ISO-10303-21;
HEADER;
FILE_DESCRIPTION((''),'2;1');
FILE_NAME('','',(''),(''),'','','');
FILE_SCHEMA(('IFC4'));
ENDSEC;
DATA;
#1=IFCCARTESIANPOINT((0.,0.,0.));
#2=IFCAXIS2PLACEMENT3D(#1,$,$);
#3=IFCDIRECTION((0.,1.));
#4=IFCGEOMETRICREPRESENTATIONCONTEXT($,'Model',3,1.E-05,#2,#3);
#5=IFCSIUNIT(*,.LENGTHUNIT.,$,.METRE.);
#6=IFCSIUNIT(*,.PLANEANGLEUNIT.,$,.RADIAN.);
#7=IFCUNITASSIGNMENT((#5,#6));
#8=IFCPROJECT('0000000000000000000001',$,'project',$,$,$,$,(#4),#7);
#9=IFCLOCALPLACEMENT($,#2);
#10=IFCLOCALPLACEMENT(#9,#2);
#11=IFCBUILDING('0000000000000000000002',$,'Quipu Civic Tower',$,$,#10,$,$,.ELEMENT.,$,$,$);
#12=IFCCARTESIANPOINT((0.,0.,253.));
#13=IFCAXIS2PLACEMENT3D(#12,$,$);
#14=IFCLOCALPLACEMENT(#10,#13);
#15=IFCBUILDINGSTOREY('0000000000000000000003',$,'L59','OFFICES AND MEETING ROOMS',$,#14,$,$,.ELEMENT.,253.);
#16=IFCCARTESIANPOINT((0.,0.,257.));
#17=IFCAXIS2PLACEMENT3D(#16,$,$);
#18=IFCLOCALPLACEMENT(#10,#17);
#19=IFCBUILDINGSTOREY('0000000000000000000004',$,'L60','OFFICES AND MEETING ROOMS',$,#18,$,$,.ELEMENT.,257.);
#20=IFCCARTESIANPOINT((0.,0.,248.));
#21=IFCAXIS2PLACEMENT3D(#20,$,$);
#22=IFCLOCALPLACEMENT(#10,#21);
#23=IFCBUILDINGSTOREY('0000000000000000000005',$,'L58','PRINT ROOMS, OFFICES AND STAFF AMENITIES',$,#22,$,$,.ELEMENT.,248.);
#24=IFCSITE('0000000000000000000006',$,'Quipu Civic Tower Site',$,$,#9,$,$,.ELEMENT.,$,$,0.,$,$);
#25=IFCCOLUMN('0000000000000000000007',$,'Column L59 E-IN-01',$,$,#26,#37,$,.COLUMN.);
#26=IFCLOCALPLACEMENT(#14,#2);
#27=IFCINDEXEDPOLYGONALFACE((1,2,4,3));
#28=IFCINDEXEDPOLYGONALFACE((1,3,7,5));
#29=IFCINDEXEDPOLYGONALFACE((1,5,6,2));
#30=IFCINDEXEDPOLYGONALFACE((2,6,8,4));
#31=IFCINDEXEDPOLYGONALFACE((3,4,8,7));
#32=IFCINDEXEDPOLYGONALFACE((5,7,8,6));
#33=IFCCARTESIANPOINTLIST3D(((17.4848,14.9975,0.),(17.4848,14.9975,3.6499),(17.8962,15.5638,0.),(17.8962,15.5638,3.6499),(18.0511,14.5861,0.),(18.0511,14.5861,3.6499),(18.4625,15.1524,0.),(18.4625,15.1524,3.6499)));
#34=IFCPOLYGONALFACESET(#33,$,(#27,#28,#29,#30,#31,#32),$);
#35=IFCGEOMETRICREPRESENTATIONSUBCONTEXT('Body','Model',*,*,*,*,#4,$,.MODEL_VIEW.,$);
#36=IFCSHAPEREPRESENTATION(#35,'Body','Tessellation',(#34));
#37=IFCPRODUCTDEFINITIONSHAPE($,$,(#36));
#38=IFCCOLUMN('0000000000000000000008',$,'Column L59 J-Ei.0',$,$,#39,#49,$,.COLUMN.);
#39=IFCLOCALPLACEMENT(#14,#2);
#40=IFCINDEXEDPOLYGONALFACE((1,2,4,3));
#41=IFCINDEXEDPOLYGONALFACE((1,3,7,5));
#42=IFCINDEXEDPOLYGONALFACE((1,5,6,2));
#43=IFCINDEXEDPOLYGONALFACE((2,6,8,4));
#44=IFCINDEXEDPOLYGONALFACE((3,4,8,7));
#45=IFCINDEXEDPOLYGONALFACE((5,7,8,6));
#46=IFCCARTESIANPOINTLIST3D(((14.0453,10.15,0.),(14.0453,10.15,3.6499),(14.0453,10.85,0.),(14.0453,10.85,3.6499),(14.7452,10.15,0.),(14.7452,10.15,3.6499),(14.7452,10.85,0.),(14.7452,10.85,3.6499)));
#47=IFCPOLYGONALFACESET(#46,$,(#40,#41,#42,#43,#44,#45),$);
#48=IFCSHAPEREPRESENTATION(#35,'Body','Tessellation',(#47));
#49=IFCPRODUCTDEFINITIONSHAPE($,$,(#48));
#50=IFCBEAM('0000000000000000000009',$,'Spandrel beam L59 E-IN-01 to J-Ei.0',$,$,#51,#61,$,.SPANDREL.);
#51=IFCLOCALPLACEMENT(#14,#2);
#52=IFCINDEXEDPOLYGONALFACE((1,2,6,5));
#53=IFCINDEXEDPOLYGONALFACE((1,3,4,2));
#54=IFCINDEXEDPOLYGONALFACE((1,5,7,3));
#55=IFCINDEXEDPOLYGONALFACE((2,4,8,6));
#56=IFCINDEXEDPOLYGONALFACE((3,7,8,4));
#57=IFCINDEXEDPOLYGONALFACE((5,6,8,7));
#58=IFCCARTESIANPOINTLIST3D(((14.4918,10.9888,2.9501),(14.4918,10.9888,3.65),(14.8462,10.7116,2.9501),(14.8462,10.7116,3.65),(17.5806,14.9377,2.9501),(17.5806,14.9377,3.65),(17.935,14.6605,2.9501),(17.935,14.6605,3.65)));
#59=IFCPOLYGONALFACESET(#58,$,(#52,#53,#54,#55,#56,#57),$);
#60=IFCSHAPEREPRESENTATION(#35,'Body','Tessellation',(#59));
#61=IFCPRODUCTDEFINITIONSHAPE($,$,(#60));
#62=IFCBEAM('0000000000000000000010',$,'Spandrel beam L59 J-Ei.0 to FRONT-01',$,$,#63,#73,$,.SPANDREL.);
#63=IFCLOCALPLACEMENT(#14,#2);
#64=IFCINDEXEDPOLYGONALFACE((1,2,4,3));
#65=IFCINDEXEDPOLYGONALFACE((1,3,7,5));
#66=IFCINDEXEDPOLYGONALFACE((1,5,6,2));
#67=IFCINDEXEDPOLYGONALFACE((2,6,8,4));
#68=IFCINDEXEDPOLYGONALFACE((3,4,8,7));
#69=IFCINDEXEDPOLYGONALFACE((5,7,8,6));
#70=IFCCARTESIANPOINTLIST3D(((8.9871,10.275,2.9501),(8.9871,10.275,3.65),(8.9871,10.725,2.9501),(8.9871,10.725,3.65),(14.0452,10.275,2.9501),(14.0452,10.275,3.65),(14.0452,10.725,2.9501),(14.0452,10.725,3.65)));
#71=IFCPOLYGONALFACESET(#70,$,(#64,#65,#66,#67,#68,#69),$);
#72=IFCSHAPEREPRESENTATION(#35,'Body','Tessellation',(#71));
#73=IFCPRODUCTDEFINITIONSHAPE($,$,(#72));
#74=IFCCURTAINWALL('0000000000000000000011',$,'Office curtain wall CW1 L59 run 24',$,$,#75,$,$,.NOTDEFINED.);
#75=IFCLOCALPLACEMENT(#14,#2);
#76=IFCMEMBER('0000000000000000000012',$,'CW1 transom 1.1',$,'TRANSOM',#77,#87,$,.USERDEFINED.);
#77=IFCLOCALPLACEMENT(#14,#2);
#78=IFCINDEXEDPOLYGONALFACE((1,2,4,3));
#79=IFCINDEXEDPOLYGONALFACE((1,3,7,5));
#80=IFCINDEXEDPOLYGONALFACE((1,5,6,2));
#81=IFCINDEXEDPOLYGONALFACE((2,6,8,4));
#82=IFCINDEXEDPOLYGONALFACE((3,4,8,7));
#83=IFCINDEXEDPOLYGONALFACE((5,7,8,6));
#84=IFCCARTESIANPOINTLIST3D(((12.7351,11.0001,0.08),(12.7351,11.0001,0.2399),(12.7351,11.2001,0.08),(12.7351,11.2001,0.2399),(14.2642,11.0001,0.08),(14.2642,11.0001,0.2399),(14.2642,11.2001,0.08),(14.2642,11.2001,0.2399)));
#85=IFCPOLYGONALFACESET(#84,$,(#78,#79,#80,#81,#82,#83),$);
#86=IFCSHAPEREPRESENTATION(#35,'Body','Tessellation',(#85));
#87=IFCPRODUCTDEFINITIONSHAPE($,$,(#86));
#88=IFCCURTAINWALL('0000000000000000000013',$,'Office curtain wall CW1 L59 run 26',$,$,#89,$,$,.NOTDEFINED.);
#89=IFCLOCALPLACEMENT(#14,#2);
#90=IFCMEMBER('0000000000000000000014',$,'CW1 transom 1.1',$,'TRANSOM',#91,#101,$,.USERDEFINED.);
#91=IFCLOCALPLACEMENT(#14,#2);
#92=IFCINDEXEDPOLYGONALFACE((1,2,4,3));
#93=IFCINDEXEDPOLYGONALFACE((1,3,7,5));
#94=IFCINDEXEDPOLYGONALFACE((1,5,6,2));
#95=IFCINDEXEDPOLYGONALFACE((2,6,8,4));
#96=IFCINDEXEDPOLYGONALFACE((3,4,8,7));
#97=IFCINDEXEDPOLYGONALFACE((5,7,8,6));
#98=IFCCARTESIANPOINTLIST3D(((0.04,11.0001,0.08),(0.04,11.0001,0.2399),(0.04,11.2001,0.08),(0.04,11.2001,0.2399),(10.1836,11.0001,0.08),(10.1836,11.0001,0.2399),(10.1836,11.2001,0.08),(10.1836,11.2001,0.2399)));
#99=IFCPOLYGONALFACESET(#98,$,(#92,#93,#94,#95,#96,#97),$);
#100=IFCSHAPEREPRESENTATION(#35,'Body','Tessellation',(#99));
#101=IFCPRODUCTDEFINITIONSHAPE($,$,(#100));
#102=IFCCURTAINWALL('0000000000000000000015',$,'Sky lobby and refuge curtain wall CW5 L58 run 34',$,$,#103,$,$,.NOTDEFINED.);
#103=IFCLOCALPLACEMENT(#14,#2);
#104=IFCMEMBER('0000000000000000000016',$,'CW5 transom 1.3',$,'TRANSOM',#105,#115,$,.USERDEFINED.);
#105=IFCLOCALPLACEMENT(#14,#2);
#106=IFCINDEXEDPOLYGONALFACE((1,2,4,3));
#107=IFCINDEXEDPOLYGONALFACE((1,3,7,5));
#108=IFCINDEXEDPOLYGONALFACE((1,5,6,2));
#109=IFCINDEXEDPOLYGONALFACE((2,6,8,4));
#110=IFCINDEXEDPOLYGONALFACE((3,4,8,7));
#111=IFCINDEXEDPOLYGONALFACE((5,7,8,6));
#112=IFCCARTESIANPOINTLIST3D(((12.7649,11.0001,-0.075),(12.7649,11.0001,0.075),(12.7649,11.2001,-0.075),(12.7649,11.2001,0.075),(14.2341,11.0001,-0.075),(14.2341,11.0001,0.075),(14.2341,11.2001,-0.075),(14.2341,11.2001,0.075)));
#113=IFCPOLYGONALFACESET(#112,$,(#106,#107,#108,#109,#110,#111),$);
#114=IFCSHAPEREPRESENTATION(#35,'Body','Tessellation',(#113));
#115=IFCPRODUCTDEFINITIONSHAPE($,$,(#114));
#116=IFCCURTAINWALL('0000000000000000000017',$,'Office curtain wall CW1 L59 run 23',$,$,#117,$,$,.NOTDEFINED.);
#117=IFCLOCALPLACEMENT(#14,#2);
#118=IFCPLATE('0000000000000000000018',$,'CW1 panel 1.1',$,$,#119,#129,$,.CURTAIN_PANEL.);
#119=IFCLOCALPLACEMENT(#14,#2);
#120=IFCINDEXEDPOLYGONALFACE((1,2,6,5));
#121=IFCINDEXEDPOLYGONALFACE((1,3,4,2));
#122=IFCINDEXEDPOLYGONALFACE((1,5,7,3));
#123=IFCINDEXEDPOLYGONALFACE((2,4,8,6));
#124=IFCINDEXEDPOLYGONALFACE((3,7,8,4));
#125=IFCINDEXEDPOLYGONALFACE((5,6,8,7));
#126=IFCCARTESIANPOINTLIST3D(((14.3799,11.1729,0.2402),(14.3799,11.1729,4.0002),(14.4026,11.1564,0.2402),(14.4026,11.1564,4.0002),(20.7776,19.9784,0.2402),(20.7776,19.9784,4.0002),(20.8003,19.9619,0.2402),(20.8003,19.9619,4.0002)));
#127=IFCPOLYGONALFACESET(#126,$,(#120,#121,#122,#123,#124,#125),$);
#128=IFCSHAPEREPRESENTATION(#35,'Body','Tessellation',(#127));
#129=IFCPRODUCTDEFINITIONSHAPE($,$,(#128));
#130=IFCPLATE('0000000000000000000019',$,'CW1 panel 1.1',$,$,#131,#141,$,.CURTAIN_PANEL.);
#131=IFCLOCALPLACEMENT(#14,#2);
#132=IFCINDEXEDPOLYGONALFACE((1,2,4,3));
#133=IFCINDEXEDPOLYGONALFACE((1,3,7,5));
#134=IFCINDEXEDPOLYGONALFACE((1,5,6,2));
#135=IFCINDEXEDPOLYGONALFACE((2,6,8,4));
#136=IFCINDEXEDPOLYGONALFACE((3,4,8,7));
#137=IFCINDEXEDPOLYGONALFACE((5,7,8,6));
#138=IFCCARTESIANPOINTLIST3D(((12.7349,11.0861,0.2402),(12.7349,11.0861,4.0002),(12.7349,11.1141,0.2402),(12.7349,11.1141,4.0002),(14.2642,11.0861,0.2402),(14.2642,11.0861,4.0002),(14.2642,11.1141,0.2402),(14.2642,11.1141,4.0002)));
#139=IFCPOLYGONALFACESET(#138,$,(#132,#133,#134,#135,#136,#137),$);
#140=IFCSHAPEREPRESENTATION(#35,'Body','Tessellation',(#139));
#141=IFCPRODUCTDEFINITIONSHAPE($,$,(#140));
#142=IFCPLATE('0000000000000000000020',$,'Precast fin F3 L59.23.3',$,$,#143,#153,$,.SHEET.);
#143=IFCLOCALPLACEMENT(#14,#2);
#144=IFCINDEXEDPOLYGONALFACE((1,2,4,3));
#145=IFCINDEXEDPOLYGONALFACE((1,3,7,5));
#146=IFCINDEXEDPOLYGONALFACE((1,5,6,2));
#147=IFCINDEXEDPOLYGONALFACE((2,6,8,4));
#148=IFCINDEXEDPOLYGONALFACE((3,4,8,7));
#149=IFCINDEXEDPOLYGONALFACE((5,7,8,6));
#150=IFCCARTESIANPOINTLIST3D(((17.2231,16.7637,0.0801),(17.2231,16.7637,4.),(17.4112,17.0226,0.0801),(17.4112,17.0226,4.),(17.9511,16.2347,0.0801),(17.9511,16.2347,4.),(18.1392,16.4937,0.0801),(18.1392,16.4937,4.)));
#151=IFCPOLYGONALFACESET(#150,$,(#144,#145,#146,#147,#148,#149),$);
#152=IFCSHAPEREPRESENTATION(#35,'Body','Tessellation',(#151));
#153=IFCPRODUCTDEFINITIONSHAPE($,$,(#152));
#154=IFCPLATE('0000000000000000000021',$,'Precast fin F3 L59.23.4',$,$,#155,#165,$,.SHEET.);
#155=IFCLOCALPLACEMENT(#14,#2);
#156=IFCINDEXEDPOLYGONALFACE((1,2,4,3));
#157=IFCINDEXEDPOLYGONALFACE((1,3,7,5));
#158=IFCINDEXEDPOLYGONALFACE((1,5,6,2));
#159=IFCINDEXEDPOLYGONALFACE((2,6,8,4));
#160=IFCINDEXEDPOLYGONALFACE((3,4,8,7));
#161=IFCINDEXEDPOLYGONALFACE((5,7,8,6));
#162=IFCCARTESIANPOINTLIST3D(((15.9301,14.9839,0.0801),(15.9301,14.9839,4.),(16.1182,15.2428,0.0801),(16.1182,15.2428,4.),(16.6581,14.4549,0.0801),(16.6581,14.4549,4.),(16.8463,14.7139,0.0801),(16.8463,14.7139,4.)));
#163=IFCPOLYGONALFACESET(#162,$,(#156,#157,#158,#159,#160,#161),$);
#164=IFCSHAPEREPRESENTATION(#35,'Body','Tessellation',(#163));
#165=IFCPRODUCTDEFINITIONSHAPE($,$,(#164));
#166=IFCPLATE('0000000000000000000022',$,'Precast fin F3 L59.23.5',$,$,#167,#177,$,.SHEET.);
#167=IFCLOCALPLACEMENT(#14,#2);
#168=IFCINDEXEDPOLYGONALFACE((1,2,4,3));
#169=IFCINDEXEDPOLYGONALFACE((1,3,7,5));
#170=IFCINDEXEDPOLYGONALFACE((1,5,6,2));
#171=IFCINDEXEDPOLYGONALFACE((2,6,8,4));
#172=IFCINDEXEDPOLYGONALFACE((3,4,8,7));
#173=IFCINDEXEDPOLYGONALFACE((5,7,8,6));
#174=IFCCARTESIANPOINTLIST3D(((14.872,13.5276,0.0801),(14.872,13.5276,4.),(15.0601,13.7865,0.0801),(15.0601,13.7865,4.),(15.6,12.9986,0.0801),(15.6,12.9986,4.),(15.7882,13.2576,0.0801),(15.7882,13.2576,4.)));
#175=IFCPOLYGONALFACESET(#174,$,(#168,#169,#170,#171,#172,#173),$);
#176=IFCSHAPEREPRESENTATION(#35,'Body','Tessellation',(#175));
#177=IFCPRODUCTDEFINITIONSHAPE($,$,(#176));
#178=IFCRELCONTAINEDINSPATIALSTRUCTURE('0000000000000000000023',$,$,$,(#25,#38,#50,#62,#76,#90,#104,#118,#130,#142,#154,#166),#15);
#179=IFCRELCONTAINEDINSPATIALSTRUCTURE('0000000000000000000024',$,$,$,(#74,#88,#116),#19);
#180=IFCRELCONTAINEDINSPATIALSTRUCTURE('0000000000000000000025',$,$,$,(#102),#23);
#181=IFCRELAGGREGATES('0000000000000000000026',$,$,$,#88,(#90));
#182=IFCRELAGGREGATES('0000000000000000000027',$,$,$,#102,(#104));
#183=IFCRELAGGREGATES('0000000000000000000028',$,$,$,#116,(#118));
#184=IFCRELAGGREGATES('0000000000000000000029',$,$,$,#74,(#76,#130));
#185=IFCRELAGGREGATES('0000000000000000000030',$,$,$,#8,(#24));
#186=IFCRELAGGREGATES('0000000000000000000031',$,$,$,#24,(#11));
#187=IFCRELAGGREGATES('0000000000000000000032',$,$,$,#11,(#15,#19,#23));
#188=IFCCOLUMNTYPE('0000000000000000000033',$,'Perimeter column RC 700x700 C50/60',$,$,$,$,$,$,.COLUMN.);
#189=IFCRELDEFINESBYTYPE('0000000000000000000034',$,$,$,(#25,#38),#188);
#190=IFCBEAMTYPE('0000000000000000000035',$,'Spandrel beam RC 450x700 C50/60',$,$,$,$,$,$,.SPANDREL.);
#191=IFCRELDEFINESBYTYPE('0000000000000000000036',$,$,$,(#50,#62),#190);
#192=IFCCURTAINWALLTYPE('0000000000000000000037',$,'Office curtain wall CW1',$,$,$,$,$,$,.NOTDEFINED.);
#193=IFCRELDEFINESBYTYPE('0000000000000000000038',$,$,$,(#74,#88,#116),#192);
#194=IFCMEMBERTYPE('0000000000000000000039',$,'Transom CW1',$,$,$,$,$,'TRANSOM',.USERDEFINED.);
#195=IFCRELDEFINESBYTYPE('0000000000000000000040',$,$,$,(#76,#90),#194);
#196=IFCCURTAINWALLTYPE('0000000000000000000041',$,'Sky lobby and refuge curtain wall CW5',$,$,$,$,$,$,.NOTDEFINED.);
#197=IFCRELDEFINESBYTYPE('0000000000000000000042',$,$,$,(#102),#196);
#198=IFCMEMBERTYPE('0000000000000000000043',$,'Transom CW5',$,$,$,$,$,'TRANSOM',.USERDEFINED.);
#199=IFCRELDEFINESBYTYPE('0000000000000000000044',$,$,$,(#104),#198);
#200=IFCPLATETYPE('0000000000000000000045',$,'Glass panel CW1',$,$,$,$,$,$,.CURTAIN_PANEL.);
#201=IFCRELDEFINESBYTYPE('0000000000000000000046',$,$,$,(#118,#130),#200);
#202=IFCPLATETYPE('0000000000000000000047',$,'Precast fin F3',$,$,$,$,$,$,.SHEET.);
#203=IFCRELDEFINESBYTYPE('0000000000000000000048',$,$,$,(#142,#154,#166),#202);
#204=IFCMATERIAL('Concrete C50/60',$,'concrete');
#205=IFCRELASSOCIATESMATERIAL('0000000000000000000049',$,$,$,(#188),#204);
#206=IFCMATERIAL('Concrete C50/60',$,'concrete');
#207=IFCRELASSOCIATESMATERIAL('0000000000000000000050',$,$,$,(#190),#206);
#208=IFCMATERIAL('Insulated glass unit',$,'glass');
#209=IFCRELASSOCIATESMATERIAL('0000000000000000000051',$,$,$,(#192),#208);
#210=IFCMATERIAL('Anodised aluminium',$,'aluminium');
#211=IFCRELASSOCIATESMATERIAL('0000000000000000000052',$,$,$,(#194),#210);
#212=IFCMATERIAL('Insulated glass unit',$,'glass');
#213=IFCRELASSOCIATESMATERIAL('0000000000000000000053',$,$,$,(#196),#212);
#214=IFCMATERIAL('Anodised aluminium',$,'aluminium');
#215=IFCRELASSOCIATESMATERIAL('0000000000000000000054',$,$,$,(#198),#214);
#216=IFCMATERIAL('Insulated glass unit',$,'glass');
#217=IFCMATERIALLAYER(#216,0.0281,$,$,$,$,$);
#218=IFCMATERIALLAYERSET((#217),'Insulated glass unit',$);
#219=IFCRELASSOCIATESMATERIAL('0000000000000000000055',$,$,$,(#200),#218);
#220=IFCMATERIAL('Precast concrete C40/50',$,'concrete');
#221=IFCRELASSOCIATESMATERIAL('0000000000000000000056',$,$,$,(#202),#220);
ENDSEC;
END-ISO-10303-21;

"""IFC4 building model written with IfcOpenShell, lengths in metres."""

from ifc_helpers import new_model, si_unit, direction, frame, origin, origin_2d, place, context, subcontext, project, spatial, rectangle, extrude, material, layer, layer_set, material_profile, profile_set, type_object, element, aggregate, save


model = new_model("IFC4")

# Units and contexts
model_context = context("Model", 3, precision=1e-05, world=origin(), true_north=direction((0.0, 1.0)))
body_context = subcontext(model_context, "Body", "Model", "MODEL_VIEW")
ifc_project = project(units=[si_unit("LENGTHUNIT", "METRE"), si_unit("PLANEANGLEUNIT", "RADIAN")], contexts=[model_context])

# Site, building, storey
site_placement = place(None, origin())
site = spatial("IfcSite", under=ifc_project, at=site_placement, Name="Quipu Civic Tower Site", CompositionType="ELEMENT", RefElevation=0.0)
building_placement = place(site_placement, origin())
building = spatial("IfcBuilding", under=site, at=building_placement, Name="Quipu Civic Tower", CompositionType="ELEMENT")
storey_1_placement = place(building_placement, frame((0.0, 0.0, 253.0)))
storey_1 = spatial("IfcBuildingStorey", under=building, at=storey_1_placement, Name="L59", Description="OFFICES AND MEETING ROOMS", CompositionType="ELEMENT", Elevation=253.0)

# Columns
ifc_material_1 = material(Name="Concrete C50/60", Category="concrete")
ifc_material_profile_1 = material_profile(ifc_material_1, rectangle(XDim=0.7, YDim=0.7, at=origin_2d()), Name="RC700x700")
ifc_profile_set_1 = profile_set([ifc_material_profile_1], Name="Concrete C50/60")
column_type = type_object("IfcColumnType", Name="Perimeter column RC 700x700 C50/60", PredefinedType="COLUMN", material=ifc_profile_set_1)
for number, where, z_axis, x_axis, name in (
    (1, (17.9736, 15.075, 0.0), (0.0, 0.0, 1.0), (-0.587785, -0.809017, 0.0), "Column L59 E-IN-01"),
    (2, (14.3953, 10.5, 0.0), (0.0, 0.0, 1.0), (-1.0, 0.0, 0.0), "Column L59 J-Ei.0"),
):
    element("IfcColumn", number, at=place(storey_1_placement, frame(where, z_axis=z_axis, x_axis=x_axis)), inside=storey_1, type_object=column_type, Name=name, PredefinedType="COLUMN", context=body_context, shape_type="SweptSolid", body=[
        extrude(rectangle(XDim=0.7, YDim=0.7, at=origin_2d()), origin(), (0.0, 0.0, 1.0), 3.6499),
    ])

# Beams
ifc_material_2 = material(Name="Concrete C50/60", Category="concrete")
ifc_material_profile_2 = material_profile(ifc_material_2, rectangle(XDim=0.45, YDim=0.7, at=origin_2d()), Name="RC450x700")
ifc_profile_set_2 = profile_set([ifc_material_profile_2], Name="Concrete C50/60")
beam_type = type_object("IfcBeamType", Name="Spandrel beam RC 450x700 C50/60", PredefinedType="SPANDREL", material=ifc_profile_set_2)
beam_1_placement = place(storey_1_placement, frame((17.7578, 14.7991, 3.3), z_axis=(-0.616106, -0.787663, 0.0), x_axis=(0.787663, -0.616106, 0.0)))
element("IfcBeam", 3, at=beam_1_placement, inside=storey_1, type_object=beam_type, Name="Spandrel beam L59 E-IN-01 to J-Ei.0", PredefinedType="SPANDREL", context=body_context, shape_type="SweptSolid", body=[
    extrude(rectangle(XDim=0.45, YDim=0.7, at=origin_2d()), origin(), (0.0, 0.0, 1.0), 5.0134),
])
beam_2_placement = place(storey_1_placement, frame((14.0452, 10.5, 3.3), z_axis=(-1.0, 0.0, 0.0), x_axis=(0.0, -1.0, 0.0)))
element("IfcBeam", 4, at=beam_2_placement, inside=storey_1, type_object=beam_type, Name="Spandrel beam L59 J-Ei.0 to FRONT-01", PredefinedType="SPANDREL", context=body_context, shape_type="SweptSolid", body=[
    extrude(rectangle(XDim=0.45, YDim=0.7, at=origin_2d()), origin(), (0.0, 0.0, 1.0), 5.0581),
])

# Shared definitions
storey_2_placement = place(building_placement, frame((0.0, 0.0, 257.0)))
storey_2 = spatial("IfcBuildingStorey", under=building, at=storey_2_placement, Name="L60", Description="OFFICES AND MEETING ROOMS", CompositionType="ELEMENT", Elevation=257.0)

# Curtain walls, members
ifc_material_3 = material(Name="Insulated glass unit", Category="glass")
curtain_wall_type_1 = type_object("IfcCurtainWallType", Name="Office curtain wall CW1", PredefinedType="NOTDEFINED", material=ifc_material_3)
curtain_wall_1_placement = place(storey_2_placement, origin())
curtain_wall_1 = element("IfcCurtainWall", 5, at=curtain_wall_1_placement, inside=storey_2, type_object=curtain_wall_type_1, Name="Office curtain wall CW1 L59 run 24", PredefinedType="NOTDEFINED")
ifc_material_4 = material(Name="Anodised aluminium", Category="aluminium")
ifc_material_profile_3 = material_profile(ifc_material_4, rectangle(XDim=0.2, YDim=0.1599, at=origin_2d()), Name="RECT 200x160")
ifc_profile_set_3 = profile_set([ifc_material_profile_3], Name="Anodised aluminium")
member_type_1 = type_object("IfcMemberType", Name="Transom CW1", ElementType="TRANSOM", PredefinedType="USERDEFINED", material=ifc_profile_set_3)
member_1_placement = place(storey_1_placement, frame((14.2642, 11.1001, 0.1599), z_axis=(-1.0, 0.0, 0.0), x_axis=(0.0, -1.0, 0.0)))
member_1 = element("IfcMember", 6, at=member_1_placement, inside=storey_1, type_object=member_type_1, Name="CW1 transom 1.1", ObjectType="TRANSOM", PredefinedType="USERDEFINED", context=body_context, shape_type="SweptSolid", body=[
    extrude(rectangle(XDim=0.2, YDim=0.1599, at=origin_2d()), origin(), (0.0, 0.0, 1.0), 1.5291),
])
curtain_wall_2_placement = place(storey_2_placement, origin())
curtain_wall_2 = element("IfcCurtainWall", 7, at=curtain_wall_2_placement, inside=storey_2, type_object=curtain_wall_type_1, Name="Office curtain wall CW1 L59 run 26", PredefinedType="NOTDEFINED")
member_2_placement = place(storey_1_placement, frame((10.1836, 11.1001, 0.1599), z_axis=(-1.0, 0.0, 0.0), x_axis=(0.0, -1.0, 0.0)))
member_2 = element("IfcMember", 8, at=member_2_placement, inside=storey_1, type_object=member_type_1, Name="CW1 transom 1.1", ObjectType="TRANSOM", PredefinedType="USERDEFINED", context=body_context, shape_type="SweptSolid", body=[
    extrude(rectangle(XDim=0.2, YDim=0.1599, at=origin_2d()), origin(), (0.0, 0.0, 1.0), 10.1436),
])
aggregate(curtain_wall_2, [member_2])

# Shared definitions
storey_3_placement = place(building_placement, frame((0.0, 0.0, 248.0)))
storey_3 = spatial("IfcBuildingStorey", under=building, at=storey_3_placement, Name="L58", Description="PRINT ROOMS, OFFICES AND STAFF AMENITIES", CompositionType="ELEMENT", Elevation=248.0)

# Curtain wall, member
ifc_material_5 = material(Name="Insulated glass unit", Category="glass")
curtain_wall_type_2 = type_object("IfcCurtainWallType", Name="Sky lobby and refuge curtain wall CW5", PredefinedType="NOTDEFINED", material=ifc_material_5)
curtain_wall_3_placement = place(storey_3_placement, origin())
curtain_wall_3 = element("IfcCurtainWall", 9, at=curtain_wall_3_placement, inside=storey_3, type_object=curtain_wall_type_2, Name="Sky lobby and refuge curtain wall CW5 L58 run 34", PredefinedType="NOTDEFINED")
ifc_material_6 = material(Name="Anodised aluminium", Category="aluminium")
ifc_material_profile_4 = material_profile(ifc_material_6, rectangle(XDim=0.2, YDim=0.1499, at=origin_2d()), Name="RECT 200x150")
ifc_profile_set_4 = profile_set([ifc_material_profile_4], Name="Anodised aluminium")
member_type_2 = type_object("IfcMemberType", Name="Transom CW5", ElementType="TRANSOM", PredefinedType="USERDEFINED", material=ifc_profile_set_4)
member_3_placement = place(storey_1_placement, frame((14.2341, 11.1001, 0.0), z_axis=(-1.0, 0.0, 0.0), x_axis=(0.0, -1.0, 0.0)))
member_3 = element("IfcMember", 10, at=member_3_placement, inside=storey_1, type_object=member_type_2, Name="CW5 transom 1.3", ObjectType="TRANSOM", PredefinedType="USERDEFINED", context=body_context, shape_type="SweptSolid", body=[
    extrude(rectangle(XDim=0.2, YDim=0.1499, at=origin_2d()), origin(), (0.0, 0.0, 1.0), 1.4692),
])
aggregate(curtain_wall_3, [member_3])

# Curtain wall, plate
curtain_wall_4_placement = place(storey_2_placement, origin())
curtain_wall_4 = element("IfcCurtainWall", 11, at=curtain_wall_4_placement, inside=storey_2, type_object=curtain_wall_type_1, Name="Office curtain wall CW1 L59 run 23", PredefinedType="NOTDEFINED")
ifc_material_7 = material(Name="Insulated glass unit", Category="glass")
ifc_layer_1 = layer(ifc_material_7, 0.0281)
ifc_layer_set_1 = layer_set([ifc_layer_1], Name="Insulated glass unit")
plate_type_1 = type_object("IfcPlateType", Name="Glass panel CW1", PredefinedType="CURTAIN_PANEL", material=ifc_layer_set_1)
plate_1_placement = place(storey_1_placement, frame((17.5901, 15.5674, 0.2402), z_axis=(0.0, 0.0, 1.0), x_axis=(-0.587788, -0.809015, 0.0)))
plate_1 = element("IfcPlate", 12, at=plate_1_placement, inside=storey_1, type_object=plate_type_1, Name="CW1 panel 1.1", PredefinedType="CURTAIN_PANEL", context=body_context, shape_type="SweptSolid", body=[
    extrude(rectangle(XDim=10.8843, YDim=0.0281, at=origin_2d()), origin(), (0.0, 0.0, 1.0), 3.76),
])
aggregate(curtain_wall_4, [plate_1])

# Plate
plate_2_placement = place(storey_1_placement, frame((13.4995, 11.1001, 0.2402), z_axis=(0.0, 0.0, 1.0), x_axis=(-1.0, 0.0, 0.0)))
plate_2 = element("IfcPlate", 13, at=plate_2_placement, inside=storey_1, type_object=plate_type_1, Name="CW1 panel 1.1", PredefinedType="CURTAIN_PANEL", context=body_context, shape_type="SweptSolid", body=[
    extrude(rectangle(XDim=1.5293, YDim=0.0281, at=origin_2d()), origin(), (0.0, 0.0, 1.0), 3.76),
])
aggregate(curtain_wall_1, [member_1, plate_2])

# Plates
ifc_material_8 = material(Name="Precast concrete C40/50", Category="concrete")
plate_type_2 = type_object("IfcPlateType", Name="Precast fin F3", PredefinedType="SHEET", material=ifc_material_8)
for number, where, z_axis, x_axis, name in (
    (14, (17.6812, 16.6287, 0.0801), (0.0, 0.0, 1.0), (-0.587784, -0.809018, 0.0), "Precast fin F3 L59.23.3"),
    (15, (16.3882, 14.8489, 0.0801), (0.0, 0.0, 1.0), (-0.587784, -0.809018, 0.0), "Precast fin F3 L59.23.4"),
    (16, (15.3301, 13.3926, 0.0801), (0.0, 0.0, 1.0), (-0.587784, -0.809018, 0.0), "Precast fin F3 L59.23.5"),
):
    element("IfcPlate", number, at=place(storey_1_placement, frame(where, z_axis=z_axis, x_axis=x_axis)), inside=storey_1, type_object=plate_type_2, Name=name, PredefinedType="SHEET", context=body_context, shape_type="SweptSolid", body=[
        extrude(rectangle(XDim=0.3201, YDim=0.8999, at=origin_2d()), origin(), (0.0, 0.0, 1.0), 3.9199),
    ])

save(model, "model.ifc")
